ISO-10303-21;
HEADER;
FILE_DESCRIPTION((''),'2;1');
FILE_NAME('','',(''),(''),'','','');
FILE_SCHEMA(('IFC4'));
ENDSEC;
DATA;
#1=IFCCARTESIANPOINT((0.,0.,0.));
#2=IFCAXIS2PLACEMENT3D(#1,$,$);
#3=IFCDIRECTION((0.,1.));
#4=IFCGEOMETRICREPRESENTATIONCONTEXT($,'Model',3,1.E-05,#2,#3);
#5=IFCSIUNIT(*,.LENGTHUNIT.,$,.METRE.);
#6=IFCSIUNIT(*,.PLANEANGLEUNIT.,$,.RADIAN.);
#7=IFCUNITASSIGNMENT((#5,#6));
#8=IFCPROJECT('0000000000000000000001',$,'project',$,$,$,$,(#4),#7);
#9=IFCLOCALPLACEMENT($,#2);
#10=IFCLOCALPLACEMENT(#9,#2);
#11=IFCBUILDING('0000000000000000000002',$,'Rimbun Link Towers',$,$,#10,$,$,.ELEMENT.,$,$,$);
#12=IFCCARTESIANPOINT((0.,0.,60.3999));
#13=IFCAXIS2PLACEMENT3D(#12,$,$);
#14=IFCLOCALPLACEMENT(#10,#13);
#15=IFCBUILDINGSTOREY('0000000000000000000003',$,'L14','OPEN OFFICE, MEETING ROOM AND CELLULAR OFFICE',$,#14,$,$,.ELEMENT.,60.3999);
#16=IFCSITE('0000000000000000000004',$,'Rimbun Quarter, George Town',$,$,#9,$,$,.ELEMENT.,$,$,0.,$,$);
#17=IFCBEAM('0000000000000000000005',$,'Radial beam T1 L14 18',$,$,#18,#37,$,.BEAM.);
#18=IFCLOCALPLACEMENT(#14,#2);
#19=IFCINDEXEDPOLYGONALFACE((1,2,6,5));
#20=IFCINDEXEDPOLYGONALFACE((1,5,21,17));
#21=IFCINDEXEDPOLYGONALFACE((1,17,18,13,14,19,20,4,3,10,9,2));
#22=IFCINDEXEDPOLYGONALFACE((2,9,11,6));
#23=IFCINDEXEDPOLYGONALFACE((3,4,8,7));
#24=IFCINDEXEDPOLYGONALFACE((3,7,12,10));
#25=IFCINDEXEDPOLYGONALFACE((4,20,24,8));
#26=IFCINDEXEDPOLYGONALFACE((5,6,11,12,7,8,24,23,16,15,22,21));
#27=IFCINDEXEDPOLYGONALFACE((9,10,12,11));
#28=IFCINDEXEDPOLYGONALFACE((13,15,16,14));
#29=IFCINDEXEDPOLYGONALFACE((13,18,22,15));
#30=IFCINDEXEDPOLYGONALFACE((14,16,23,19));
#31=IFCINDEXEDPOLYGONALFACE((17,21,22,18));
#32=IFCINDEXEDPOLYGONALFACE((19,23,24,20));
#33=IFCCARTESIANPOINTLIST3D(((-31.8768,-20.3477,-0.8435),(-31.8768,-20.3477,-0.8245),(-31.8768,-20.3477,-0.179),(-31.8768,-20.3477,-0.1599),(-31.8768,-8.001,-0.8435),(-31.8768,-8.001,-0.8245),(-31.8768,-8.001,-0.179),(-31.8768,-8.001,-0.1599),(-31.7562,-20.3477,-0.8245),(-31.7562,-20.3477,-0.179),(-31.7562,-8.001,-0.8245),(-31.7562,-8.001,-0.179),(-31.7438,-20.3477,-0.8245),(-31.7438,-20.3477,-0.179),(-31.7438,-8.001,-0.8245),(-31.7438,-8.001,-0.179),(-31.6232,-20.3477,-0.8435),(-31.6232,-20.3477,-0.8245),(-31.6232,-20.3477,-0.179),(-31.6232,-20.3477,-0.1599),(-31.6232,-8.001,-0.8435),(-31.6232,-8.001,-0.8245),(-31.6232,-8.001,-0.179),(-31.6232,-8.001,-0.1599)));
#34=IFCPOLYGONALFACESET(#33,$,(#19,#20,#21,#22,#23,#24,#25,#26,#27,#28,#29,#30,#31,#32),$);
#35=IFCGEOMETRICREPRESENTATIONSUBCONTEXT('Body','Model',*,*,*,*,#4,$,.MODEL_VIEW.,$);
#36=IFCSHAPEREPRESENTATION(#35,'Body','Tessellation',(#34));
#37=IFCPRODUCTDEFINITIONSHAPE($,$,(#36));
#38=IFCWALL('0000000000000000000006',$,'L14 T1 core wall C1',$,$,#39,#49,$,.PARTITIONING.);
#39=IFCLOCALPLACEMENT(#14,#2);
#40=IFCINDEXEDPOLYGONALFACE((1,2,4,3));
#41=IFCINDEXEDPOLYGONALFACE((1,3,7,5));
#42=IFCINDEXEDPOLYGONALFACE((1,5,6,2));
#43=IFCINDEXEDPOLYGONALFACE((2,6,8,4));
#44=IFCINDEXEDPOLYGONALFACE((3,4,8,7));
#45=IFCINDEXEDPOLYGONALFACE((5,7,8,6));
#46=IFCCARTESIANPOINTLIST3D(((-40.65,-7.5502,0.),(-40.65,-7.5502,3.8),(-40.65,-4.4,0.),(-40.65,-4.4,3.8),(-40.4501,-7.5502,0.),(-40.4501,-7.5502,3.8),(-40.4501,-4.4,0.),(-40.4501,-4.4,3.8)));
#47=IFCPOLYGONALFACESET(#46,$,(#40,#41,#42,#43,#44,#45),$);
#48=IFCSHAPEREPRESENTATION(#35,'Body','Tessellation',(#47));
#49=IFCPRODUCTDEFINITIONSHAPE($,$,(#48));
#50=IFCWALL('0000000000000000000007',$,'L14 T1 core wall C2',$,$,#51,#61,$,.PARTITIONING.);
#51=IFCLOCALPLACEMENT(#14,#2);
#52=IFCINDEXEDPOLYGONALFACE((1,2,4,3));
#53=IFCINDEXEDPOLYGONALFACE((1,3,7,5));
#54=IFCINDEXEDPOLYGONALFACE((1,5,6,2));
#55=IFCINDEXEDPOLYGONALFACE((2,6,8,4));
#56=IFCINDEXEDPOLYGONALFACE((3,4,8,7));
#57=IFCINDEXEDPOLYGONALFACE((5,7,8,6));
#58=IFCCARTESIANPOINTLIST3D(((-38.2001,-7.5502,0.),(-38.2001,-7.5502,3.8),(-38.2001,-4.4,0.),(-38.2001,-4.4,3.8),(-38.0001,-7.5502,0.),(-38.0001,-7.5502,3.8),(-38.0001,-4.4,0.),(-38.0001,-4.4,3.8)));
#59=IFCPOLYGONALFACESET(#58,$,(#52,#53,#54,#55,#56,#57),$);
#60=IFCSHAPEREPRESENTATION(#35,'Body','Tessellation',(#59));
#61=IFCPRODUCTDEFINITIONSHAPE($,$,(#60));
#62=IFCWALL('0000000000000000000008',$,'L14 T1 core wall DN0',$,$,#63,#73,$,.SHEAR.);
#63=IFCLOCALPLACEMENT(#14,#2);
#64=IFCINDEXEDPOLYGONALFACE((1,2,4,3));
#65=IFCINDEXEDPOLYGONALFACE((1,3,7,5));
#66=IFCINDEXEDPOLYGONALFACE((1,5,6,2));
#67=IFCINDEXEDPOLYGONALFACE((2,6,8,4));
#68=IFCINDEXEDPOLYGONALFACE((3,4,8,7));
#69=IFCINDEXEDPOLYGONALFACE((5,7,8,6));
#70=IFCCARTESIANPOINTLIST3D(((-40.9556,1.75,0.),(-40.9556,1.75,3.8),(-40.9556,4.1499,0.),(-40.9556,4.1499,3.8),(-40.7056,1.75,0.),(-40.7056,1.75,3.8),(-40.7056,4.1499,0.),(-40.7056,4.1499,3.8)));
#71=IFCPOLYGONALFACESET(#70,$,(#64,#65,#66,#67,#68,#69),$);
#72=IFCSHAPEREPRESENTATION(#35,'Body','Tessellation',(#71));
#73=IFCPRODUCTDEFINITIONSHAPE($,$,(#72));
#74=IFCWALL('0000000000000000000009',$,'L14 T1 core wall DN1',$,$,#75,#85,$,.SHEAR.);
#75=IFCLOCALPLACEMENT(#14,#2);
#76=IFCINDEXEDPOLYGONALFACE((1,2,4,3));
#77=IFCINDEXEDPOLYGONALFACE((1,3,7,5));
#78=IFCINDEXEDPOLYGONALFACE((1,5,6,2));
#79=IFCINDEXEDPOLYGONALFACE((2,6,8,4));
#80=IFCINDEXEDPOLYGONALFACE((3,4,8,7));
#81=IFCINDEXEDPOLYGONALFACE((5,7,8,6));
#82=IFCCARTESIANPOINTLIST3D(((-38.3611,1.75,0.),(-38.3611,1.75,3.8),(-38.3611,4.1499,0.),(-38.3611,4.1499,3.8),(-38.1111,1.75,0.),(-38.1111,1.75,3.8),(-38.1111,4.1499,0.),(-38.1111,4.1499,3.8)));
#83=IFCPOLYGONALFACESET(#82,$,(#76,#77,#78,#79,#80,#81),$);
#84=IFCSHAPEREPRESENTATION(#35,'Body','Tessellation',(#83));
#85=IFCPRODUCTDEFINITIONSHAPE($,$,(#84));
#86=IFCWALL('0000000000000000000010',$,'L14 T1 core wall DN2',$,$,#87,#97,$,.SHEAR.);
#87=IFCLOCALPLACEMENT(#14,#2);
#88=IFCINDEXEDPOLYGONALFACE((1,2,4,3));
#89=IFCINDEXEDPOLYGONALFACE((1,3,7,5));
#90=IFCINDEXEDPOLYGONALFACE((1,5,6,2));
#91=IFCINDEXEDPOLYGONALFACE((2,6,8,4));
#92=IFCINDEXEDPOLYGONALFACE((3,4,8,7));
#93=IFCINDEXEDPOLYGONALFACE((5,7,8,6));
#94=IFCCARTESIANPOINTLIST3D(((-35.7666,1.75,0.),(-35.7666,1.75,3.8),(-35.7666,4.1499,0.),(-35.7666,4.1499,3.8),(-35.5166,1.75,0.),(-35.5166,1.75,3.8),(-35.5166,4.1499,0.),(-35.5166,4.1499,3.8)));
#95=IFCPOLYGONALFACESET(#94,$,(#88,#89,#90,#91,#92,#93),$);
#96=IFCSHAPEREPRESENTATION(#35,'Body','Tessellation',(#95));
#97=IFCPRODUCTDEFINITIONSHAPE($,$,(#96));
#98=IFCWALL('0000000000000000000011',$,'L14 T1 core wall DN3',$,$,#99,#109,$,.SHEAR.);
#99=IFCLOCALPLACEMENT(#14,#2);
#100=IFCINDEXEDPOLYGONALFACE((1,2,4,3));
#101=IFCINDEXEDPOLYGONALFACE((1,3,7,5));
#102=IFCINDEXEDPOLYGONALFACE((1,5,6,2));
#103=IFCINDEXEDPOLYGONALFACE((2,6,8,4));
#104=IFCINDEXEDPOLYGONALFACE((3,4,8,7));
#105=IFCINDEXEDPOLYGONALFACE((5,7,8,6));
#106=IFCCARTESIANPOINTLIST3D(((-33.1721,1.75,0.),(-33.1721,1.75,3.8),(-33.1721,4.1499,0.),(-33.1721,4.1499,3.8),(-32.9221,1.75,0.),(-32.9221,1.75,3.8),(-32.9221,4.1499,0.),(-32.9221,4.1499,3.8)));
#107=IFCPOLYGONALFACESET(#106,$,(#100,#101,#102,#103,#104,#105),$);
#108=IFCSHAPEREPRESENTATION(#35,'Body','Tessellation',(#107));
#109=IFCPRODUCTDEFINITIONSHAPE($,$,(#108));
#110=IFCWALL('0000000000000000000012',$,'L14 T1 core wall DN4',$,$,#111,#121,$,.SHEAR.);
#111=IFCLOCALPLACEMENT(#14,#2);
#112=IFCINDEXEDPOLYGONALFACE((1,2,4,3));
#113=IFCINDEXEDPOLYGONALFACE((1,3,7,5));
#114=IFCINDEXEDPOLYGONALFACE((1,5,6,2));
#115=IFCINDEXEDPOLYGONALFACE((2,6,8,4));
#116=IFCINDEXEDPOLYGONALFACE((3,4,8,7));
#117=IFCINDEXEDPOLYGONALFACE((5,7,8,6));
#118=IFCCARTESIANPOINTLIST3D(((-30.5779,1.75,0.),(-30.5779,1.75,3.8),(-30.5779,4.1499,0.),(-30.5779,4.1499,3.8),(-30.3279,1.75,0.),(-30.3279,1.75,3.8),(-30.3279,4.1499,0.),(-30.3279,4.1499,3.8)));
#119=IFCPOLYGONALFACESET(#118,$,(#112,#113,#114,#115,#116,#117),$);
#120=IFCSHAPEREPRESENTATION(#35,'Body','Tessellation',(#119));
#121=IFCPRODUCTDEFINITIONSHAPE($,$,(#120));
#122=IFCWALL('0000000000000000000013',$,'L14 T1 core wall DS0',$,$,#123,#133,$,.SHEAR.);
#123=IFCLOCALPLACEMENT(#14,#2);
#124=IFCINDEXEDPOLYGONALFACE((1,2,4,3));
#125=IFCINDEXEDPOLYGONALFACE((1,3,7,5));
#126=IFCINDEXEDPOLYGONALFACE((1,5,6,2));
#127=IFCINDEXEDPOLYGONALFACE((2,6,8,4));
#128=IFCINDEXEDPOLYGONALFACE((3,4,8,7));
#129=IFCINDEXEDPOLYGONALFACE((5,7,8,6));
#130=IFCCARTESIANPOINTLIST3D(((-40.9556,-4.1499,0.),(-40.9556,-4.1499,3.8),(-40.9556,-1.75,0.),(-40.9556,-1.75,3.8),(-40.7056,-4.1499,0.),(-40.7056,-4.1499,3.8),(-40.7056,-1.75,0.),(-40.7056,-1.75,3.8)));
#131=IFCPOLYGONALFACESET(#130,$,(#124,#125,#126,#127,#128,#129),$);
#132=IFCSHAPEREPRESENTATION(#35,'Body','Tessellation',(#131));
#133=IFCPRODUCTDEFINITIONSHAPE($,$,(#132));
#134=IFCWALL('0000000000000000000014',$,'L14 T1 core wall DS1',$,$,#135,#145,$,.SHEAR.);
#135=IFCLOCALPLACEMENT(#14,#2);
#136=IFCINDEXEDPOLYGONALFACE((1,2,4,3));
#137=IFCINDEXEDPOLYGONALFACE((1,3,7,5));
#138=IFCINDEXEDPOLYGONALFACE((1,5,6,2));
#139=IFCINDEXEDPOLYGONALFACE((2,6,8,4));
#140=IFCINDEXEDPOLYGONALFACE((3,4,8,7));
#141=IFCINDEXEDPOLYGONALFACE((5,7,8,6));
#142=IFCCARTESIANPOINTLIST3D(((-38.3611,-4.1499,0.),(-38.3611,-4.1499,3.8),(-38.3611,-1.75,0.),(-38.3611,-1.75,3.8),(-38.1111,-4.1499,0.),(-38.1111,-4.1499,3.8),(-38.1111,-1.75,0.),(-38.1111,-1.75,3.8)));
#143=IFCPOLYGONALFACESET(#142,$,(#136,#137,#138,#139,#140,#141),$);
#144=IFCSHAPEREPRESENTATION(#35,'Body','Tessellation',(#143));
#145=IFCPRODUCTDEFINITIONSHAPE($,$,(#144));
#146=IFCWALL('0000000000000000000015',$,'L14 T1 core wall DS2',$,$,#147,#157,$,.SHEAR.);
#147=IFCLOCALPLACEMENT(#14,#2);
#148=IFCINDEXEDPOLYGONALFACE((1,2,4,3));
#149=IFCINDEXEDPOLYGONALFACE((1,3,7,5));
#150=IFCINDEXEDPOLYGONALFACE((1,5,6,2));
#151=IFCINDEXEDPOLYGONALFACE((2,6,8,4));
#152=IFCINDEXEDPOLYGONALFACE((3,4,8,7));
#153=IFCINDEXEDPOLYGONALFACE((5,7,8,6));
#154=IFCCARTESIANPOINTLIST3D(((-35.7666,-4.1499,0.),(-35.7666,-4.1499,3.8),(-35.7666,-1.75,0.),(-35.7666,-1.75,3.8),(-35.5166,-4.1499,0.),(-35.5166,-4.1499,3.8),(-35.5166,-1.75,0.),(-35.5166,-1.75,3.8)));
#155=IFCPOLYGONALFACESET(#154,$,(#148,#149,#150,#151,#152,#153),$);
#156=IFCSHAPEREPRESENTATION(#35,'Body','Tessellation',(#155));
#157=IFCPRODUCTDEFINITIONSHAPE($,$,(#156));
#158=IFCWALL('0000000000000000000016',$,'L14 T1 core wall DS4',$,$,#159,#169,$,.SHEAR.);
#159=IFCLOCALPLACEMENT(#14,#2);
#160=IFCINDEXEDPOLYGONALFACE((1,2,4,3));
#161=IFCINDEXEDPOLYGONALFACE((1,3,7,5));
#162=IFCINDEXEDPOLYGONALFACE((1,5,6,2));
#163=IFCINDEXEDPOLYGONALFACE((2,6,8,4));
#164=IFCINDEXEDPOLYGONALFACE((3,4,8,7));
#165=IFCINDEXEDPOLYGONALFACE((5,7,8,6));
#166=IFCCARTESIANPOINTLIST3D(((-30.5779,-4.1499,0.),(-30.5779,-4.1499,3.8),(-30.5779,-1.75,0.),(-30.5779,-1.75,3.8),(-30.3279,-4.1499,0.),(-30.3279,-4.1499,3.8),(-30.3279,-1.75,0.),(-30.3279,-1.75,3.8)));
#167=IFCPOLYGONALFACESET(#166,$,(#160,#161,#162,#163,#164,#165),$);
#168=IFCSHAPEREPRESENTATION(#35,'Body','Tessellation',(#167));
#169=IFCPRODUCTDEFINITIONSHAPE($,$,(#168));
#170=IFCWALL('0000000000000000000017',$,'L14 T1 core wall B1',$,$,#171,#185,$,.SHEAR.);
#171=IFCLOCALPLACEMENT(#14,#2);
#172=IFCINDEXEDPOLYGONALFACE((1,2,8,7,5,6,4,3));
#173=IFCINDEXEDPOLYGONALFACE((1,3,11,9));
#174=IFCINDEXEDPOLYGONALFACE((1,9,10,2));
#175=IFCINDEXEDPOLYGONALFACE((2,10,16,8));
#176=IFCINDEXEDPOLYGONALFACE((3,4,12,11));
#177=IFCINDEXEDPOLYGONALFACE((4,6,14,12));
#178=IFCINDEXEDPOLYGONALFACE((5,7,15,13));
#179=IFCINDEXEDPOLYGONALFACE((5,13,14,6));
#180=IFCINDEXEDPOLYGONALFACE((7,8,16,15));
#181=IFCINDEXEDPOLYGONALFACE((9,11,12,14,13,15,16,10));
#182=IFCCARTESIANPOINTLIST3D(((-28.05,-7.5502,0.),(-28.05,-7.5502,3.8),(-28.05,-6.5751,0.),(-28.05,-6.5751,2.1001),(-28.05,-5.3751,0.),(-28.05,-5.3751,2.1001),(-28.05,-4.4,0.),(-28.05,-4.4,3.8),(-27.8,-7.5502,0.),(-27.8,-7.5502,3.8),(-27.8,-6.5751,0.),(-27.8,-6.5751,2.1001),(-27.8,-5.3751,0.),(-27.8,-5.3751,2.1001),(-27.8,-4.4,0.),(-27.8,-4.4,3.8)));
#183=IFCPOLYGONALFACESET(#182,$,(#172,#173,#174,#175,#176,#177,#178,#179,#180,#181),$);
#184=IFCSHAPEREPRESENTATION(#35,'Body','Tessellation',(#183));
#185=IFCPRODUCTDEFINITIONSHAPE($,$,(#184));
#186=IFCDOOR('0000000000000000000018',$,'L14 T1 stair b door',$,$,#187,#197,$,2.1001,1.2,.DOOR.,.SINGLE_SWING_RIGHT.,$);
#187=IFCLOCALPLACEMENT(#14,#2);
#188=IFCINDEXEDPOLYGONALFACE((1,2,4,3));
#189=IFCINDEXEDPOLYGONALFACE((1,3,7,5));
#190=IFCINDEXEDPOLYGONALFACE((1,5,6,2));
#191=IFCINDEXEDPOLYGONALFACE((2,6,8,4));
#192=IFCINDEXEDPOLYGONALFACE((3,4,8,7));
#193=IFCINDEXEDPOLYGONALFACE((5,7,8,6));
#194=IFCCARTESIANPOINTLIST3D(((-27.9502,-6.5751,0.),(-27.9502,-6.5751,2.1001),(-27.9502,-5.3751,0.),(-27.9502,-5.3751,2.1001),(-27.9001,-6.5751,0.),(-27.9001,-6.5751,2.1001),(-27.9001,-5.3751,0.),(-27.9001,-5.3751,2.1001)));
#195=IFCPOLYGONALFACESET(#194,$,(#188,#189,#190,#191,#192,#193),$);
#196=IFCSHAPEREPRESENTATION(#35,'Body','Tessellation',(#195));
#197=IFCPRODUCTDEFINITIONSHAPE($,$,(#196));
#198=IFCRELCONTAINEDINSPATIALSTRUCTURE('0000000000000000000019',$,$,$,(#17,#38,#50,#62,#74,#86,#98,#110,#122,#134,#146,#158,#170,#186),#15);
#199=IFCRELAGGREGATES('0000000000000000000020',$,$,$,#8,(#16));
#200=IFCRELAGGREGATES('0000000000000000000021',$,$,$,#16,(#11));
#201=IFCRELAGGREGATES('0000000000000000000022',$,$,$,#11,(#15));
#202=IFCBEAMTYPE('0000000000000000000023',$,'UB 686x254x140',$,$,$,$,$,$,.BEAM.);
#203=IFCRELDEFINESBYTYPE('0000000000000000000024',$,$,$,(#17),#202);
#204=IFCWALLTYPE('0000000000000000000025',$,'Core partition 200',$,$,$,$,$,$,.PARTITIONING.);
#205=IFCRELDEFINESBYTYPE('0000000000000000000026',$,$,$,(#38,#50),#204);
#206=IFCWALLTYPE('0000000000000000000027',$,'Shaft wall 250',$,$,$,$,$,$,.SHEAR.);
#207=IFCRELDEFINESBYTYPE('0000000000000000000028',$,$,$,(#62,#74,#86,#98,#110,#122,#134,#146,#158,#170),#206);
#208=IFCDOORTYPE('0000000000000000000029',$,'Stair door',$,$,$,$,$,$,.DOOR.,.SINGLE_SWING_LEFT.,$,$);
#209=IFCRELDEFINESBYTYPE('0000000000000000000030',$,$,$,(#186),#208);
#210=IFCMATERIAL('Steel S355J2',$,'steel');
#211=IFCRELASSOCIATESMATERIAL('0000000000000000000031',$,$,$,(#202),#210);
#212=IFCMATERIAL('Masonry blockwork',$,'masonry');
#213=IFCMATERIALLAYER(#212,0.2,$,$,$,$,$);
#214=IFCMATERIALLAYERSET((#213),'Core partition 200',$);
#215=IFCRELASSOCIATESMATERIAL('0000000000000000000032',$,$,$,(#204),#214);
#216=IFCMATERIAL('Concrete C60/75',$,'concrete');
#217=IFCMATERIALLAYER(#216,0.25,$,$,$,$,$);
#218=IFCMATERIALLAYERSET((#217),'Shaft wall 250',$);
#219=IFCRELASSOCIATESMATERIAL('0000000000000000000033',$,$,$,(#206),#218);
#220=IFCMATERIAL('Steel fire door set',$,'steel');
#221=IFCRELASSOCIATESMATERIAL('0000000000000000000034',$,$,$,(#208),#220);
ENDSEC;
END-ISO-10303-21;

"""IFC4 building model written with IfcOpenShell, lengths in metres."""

from ifc_helpers import new_model, si_unit, direction, frame, frame_2d, origin, origin_2d, place, context, subcontext, project, spatial, rectangle, i_section, extrude, material, layer, layer_set, material_profile, profile_set, type_object, element, fill, save


model = new_model("IFC4")

# Units and contexts
model_context = context("Model", 3, precision=1e-05, world=origin(), true_north=direction((0.0, 1.0)))
body_context = subcontext(model_context, "Body", "Model", "MODEL_VIEW")
ifc_project = project(units=[si_unit("LENGTHUNIT", "METRE"), si_unit("PLANEANGLEUNIT", "RADIAN")], contexts=[model_context])

# Site, building, storey
site_placement = place(None, origin())
site = spatial("IfcSite", under=ifc_project, at=site_placement, Name="Rimbun Quarter, George Town", CompositionType="ELEMENT", RefElevation=0.0)
building_placement = place(site_placement, origin())
building = spatial("IfcBuilding", under=site, at=building_placement, Name="Rimbun Link Towers", CompositionType="ELEMENT")
storey_placement = place(building_placement, frame((0.0, 0.0, 60.3999)))
storey = spatial("IfcBuildingStorey", under=building, at=storey_placement, Name="L14", Description="OPEN OFFICE, MEETING ROOM AND CELLULAR OFFICE", CompositionType="ELEMENT", Elevation=60.3999)

# Beam
ifc_material_1 = material(Name="Steel S355J2", Category="steel")
ifc_material_profile = material_profile(ifc_material_1, i_section(OverallWidth=0.2537, OverallDepth=0.6836, WebThickness=0.0125, FlangeThickness=0.019, at=origin_2d()), Name="UB 686x254x140")
ifc_profile_set = profile_set([ifc_material_profile], Name="Steel S355J2")
beam_type = type_object("IfcBeamType", Name="UB 686x254x140", PredefinedType="BEAM", material=ifc_profile_set)
beam_placement = place(storey_placement, frame((-31.75, -8.001, -0.5017), z_axis=(0.0, -1.0, 0.0), x_axis=(1.0, 0.0, 0.0)))
element("IfcBeam", 1, at=beam_placement, inside=storey, type_object=beam_type, Name="Radial beam T1 L14 18", PredefinedType="BEAM", context=body_context, shape_type="SweptSolid", body=[
    extrude(i_section(OverallWidth=0.2537, OverallDepth=0.6836, WebThickness=0.0125, FlangeThickness=0.019, at=origin_2d()), origin(), (0.0, 0.0, 1.0), 12.3467),
])

# Walls
ifc_material_2 = material(Name="Masonry blockwork", Category="masonry")
ifc_layer_1 = layer(ifc_material_2, 0.2)
ifc_layer_set_1 = layer_set([ifc_layer_1], Name="Core partition 200")
wall_type_1 = type_object("IfcWallType", Name="Core partition 200", PredefinedType="PARTITIONING", material=ifc_layer_set_1)
for number, where, z_axis, x_axis, name in (
    (2, (-40.55, -4.3999, 0.0), (0.0, 0.0, 1.0), (0.0, -1.0, 0.0), "L14 T1 core wall C1"),
    (3, (-38.1001, -4.3999, 0.0), (0.0, 0.0, 1.0), (0.0, -1.0, 0.0), "L14 T1 core wall C2"),
):
    element("IfcWall", number, at=place(storey_placement, frame(where, z_axis=z_axis, x_axis=x_axis)), inside=storey, type_object=wall_type_1, Name=name, PredefinedType="PARTITIONING", context=body_context, shape_type="SweptSolid", body=[
        extrude(rectangle(XDim=3.1501, YDim=0.2, at=frame_2d((1.5752, 0.0))), origin(), (0.0, 0.0, 1.0), 3.8),
    ])
ifc_material_3 = material(Name="Concrete C60/75", Category="concrete")
ifc_layer_2 = layer(ifc_material_3, 0.25)
ifc_layer_set_2 = layer_set([ifc_layer_2], Name="Shaft wall 250")
wall_type_2 = type_object("IfcWallType", Name="Shaft wall 250", PredefinedType="SHEAR", material=ifc_layer_set_2)
for number, where, z_axis, x_axis, name in (
    (4, (-40.8306, 1.75, 0.0), (0.0, 0.0, 1.0), (0.0, 1.0, 0.0), "L14 T1 core wall DN0"),
    (5, (-38.2361, 1.75, 0.0), (0.0, 0.0, 1.0), (0.0, 1.0, 0.0), "L14 T1 core wall DN1"),
    (6, (-35.6416, 1.75, 0.0), (0.0, 0.0, 1.0), (0.0, 1.0, 0.0), "L14 T1 core wall DN2"),
    (7, (-33.0471, 1.75, 0.0), (0.0, 0.0, 1.0), (0.0, 1.0, 0.0), "L14 T1 core wall DN3"),
    (8, (-30.4529, 1.75, 0.0), (0.0, 0.0, 1.0), (0.0, 1.0, 0.0), "L14 T1 core wall DN4"),
    (9, (-40.8306, -4.1499, 0.0), (0.0, 0.0, 1.0), (0.0, 1.0, 0.0), "L14 T1 core wall DS0"),
    (10, (-38.2361, -4.1499, 0.0), (0.0, 0.0, 1.0), (0.0, 1.0, 0.0), "L14 T1 core wall DS1"),
    (11, (-35.6416, -4.1499, 0.0), (0.0, 0.0, 1.0), (0.0, 1.0, 0.0), "L14 T1 core wall DS2"),
    (12, (-30.4529, -4.1499, 0.0), (0.0, 0.0, 1.0), (0.0, 1.0, 0.0), "L14 T1 core wall DS4"),
):
    element("IfcWall", number, at=place(storey_placement, frame(where, z_axis=z_axis, x_axis=x_axis)), inside=storey, type_object=wall_type_2, Name=name, PredefinedType="SHEAR", context=body_context, shape_type="SweptSolid", body=[
        extrude(rectangle(XDim=2.3999, YDim=0.25, at=frame_2d((1.2, 0.0))), origin(), (0.0, 0.0, 1.0), 3.8),
    ])

# Wall, opening, door
wall_1_placement = place(storey_placement, frame((-27.925, -4.3999, 0.0), z_axis=(0.0, 0.0, 1.0), x_axis=(0.0, -1.0, 0.0)))
wall_1 = element("IfcWall", 13, at=wall_1_placement, inside=storey, type_object=wall_type_2, Name="L14 T1 core wall B1", PredefinedType="SHEAR", context=body_context, shape_type="SweptSolid", body=[
    extrude(rectangle(XDim=3.1501, YDim=0.25, at=frame_2d((1.5752, 0.0))), origin(), (0.0, 0.0, 1.0), 3.8),
])
opening_1_placement = place(wall_1_placement, frame((0.9751, 0.0, 0.0)))
opening_1 = element("IfcOpeningElement", 14, at=opening_1_placement, cuts=wall_1, PredefinedType="OPENING", context=body_context, shape_type="SweptSolid", body=[
    extrude(rectangle(XDim=1.2, YDim=2.1001, at=frame_2d((0.6001, 1.05))), frame((0.0, 0.135, 0.0), z_axis=(0.0, -1.0, 0.0), x_axis=(1.0, 0.0, 0.0)), (0.0, 0.0, 1.0), 0.27),
])
ifc_material_4 = material(Name="Steel fire door set", Category="steel")
door_type_1 = type_object("IfcDoorType", Name="Stair door", OperationType="SINGLE_SWING_LEFT", PredefinedType="DOOR", material=ifc_material_4)
door_1_placement = place(opening_1_placement, origin())
door_1 = element("IfcDoor", 15, at=door_1_placement, inside=storey, type_object=door_type_1, Name="L14 T1 stair b door", OperationType="SINGLE_SWING_RIGHT", OverallHeight=2.1001, OverallWidth=1.2, PredefinedType="DOOR", context=body_context, shape_type="SweptSolid", body=[
    extrude(rectangle(XDim=1.2, YDim=2.1001, at=frame_2d((0.6001, 1.05))), frame((0.0, 0.0249, 0.0), z_axis=(0.0, -1.0, 0.0), x_axis=(1.0, 0.0, 0.0)), (0.0, 0.0, 1.0), 0.05),
])
fill(opening_1, door_1)

save(model, "model.ifc")
